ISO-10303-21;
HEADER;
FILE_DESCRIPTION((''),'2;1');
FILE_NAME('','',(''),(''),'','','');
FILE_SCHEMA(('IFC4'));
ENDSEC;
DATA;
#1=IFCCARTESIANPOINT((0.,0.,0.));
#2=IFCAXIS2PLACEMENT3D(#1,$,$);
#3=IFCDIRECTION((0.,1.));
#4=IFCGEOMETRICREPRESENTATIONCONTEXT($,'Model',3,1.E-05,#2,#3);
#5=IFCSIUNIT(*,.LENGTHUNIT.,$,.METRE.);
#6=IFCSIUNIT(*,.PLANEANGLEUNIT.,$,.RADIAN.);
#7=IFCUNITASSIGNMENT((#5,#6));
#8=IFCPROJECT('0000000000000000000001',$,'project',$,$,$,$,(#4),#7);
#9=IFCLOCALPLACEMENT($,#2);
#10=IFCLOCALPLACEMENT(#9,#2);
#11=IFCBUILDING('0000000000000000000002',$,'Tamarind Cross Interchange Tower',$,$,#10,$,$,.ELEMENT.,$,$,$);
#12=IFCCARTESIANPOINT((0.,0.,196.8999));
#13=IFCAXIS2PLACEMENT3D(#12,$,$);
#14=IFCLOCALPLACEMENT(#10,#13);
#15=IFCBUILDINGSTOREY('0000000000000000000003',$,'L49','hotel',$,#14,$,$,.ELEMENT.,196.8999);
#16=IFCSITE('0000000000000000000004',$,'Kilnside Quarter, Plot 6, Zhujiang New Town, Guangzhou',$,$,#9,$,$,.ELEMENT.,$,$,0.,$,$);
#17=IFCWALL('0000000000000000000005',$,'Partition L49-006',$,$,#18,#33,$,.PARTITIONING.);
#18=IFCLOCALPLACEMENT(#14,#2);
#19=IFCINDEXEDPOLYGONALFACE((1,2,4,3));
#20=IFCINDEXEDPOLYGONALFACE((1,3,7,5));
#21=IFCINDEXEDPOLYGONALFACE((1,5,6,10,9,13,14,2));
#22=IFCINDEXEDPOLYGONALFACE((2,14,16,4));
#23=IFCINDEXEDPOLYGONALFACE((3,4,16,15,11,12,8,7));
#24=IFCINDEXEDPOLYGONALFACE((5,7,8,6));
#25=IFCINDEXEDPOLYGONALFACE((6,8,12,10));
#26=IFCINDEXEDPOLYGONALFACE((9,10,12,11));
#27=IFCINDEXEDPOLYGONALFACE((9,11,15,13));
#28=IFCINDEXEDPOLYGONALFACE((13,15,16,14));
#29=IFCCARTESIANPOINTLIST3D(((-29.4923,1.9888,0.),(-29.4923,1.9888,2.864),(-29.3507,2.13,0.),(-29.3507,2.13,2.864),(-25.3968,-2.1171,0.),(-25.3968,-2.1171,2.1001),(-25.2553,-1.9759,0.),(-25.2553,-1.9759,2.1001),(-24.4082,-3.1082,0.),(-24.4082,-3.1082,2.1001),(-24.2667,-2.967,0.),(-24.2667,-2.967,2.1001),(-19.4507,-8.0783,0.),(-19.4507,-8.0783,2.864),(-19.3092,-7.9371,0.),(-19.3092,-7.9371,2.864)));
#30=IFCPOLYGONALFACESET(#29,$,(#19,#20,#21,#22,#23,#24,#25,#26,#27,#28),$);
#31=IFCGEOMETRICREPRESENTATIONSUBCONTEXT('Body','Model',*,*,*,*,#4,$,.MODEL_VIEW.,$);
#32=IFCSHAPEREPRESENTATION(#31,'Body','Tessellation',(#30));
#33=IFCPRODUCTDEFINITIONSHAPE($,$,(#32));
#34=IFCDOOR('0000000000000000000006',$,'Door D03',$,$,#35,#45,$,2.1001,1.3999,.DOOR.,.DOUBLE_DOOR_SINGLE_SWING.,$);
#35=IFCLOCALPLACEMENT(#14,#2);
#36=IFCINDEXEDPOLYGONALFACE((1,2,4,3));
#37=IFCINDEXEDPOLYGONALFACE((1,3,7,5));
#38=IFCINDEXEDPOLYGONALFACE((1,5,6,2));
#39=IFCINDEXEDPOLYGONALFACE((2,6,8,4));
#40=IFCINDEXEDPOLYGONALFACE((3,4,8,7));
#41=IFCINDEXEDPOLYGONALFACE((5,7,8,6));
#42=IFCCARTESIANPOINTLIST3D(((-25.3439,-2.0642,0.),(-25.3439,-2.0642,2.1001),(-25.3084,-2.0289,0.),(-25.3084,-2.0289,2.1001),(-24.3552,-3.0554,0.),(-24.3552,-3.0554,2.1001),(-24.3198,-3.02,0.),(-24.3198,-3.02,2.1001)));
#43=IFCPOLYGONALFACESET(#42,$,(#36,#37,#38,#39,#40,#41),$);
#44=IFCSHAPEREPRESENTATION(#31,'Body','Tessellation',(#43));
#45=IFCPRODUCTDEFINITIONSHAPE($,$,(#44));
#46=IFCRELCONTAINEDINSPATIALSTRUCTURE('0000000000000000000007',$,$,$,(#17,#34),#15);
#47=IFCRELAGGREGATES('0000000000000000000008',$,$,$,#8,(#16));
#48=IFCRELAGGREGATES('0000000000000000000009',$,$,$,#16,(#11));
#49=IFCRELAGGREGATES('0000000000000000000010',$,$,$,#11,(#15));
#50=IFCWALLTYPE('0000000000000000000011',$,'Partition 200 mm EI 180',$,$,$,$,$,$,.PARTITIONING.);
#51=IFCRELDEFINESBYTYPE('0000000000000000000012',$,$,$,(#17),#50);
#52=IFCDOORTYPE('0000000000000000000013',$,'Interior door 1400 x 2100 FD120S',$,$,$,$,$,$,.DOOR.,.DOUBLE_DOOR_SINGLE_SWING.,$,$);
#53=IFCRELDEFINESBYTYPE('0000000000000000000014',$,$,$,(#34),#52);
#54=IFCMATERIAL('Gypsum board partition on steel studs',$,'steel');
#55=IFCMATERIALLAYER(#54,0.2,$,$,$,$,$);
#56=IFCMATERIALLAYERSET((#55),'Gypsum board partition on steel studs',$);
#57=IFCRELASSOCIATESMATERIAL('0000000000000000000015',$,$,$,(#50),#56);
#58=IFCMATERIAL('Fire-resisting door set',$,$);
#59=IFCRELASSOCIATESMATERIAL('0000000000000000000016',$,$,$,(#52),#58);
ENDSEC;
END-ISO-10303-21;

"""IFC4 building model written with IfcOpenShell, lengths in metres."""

from ifc_helpers import new_model, si_unit, direction, frame, frame_2d, origin, place, context, subcontext, project, spatial, rectangle, extrude, material, layer, layer_set, type_object, element, fill, save


model = new_model("IFC4")

# Units and contexts
model_context = context("Model", 3, precision=1e-05, world=origin(), true_north=direction((0.0, 1.0)))
body_context = subcontext(model_context, "Body", "Model", "MODEL_VIEW")
ifc_project = project(units=[si_unit("LENGTHUNIT", "METRE"), si_unit("PLANEANGLEUNIT", "RADIAN")], contexts=[model_context])

# Site, building, storey
site_placement = place(None, origin())
site = spatial("IfcSite", under=ifc_project, at=site_placement, Name="Kilnside Quarter, Plot 6, Zhujiang New Town, Guangzhou", CompositionType="ELEMENT", RefElevation=0.0)
building_placement = place(site_placement, origin())
building = spatial("IfcBuilding", under=site, at=building_placement, Name="Tamarind Cross Interchange Tower", CompositionType="ELEMENT")
storey_placement = place(building_placement, frame((0.0, 0.0, 196.8999)))
storey = spatial("IfcBuildingStorey", under=building, at=storey_placement, Name="L49", Description="hotel", CompositionType="ELEMENT", Elevation=196.8999)

# Shared definitions
ifc_material_1 = material(Name="Gypsum board partition on steel studs", Category="steel")

# Wall, opening, door
ifc_layer_1 = layer(ifc_material_1, 0.2)
ifc_layer_set_1 = layer_set([ifc_layer_1], Name="Gypsum board partition on steel studs")
wall_type_1 = type_object("IfcWallType", Name="Partition 200 mm EI 180", PredefinedType="PARTITIONING", material=ifc_layer_set_1)
wall_1_placement = place(storey_placement, frame((-29.4214, 2.0593, 0.0), z_axis=(0.0, 0.0, 1.0), x_axis=(0.706205, -0.708008, 0.0)))
wall_1 = element("IfcWall", 1, at=wall_1_placement, inside=storey, type_object=wall_type_1, Name="Partition L49-006", PredefinedType="PARTITIONING", context=body_context, shape_type="SweptSolid", body=[
    extrude(rectangle(XDim=14.219, YDim=0.2, at=frame_2d((7.1094, 0.0))), origin(), (0.0, 0.0, 1.0), 2.864),
])
opening_1_placement = place(wall_1_placement, frame((5.7991, 0.0, 0.0)))
opening_1 = element("IfcOpeningElement", 2, at=opening_1_placement, cuts=wall_1, PredefinedType="OPENING", context=body_context, shape_type="SweptSolid", body=[
    extrude(rectangle(XDim=1.3999, YDim=2.1001, at=frame_2d((0.7, 1.05))), frame((0.0, 0.1099, 0.0), z_axis=(0.0, -1.0, 0.0), x_axis=(1.0, 0.0, 0.0)), (0.0, 0.0, 1.0), 0.22),
])
ifc_material_2 = material(Name="Fire-resisting door set")
door_type_1 = type_object("IfcDoorType", Name="Interior door 1400 x 2100 FD120S", OperationType="DOUBLE_DOOR_SINGLE_SWING", PredefinedType="DOOR", material=ifc_material_2)
door_1_placement = place(opening_1_placement, origin())
door_1 = element("IfcDoor", 3, at=door_1_placement, inside=storey, type_object=door_type_1, Name="Door D03", OperationType="DOUBLE_DOOR_SINGLE_SWING", OverallHeight=2.1001, OverallWidth=1.3999, PredefinedType="DOOR", context=body_context, shape_type="SweptSolid", body=[
    extrude(rectangle(XDim=1.3999, YDim=2.1001, at=frame_2d((0.7, 1.05))), frame((0.0, 0.0249, 0.0), z_axis=(0.0, -1.0, 0.0), x_axis=(1.0, 0.0, 0.0)), (0.0, 0.0, 1.0), 0.05),
])
fill(opening_1, door_1)

save(model, "model.ifc")
